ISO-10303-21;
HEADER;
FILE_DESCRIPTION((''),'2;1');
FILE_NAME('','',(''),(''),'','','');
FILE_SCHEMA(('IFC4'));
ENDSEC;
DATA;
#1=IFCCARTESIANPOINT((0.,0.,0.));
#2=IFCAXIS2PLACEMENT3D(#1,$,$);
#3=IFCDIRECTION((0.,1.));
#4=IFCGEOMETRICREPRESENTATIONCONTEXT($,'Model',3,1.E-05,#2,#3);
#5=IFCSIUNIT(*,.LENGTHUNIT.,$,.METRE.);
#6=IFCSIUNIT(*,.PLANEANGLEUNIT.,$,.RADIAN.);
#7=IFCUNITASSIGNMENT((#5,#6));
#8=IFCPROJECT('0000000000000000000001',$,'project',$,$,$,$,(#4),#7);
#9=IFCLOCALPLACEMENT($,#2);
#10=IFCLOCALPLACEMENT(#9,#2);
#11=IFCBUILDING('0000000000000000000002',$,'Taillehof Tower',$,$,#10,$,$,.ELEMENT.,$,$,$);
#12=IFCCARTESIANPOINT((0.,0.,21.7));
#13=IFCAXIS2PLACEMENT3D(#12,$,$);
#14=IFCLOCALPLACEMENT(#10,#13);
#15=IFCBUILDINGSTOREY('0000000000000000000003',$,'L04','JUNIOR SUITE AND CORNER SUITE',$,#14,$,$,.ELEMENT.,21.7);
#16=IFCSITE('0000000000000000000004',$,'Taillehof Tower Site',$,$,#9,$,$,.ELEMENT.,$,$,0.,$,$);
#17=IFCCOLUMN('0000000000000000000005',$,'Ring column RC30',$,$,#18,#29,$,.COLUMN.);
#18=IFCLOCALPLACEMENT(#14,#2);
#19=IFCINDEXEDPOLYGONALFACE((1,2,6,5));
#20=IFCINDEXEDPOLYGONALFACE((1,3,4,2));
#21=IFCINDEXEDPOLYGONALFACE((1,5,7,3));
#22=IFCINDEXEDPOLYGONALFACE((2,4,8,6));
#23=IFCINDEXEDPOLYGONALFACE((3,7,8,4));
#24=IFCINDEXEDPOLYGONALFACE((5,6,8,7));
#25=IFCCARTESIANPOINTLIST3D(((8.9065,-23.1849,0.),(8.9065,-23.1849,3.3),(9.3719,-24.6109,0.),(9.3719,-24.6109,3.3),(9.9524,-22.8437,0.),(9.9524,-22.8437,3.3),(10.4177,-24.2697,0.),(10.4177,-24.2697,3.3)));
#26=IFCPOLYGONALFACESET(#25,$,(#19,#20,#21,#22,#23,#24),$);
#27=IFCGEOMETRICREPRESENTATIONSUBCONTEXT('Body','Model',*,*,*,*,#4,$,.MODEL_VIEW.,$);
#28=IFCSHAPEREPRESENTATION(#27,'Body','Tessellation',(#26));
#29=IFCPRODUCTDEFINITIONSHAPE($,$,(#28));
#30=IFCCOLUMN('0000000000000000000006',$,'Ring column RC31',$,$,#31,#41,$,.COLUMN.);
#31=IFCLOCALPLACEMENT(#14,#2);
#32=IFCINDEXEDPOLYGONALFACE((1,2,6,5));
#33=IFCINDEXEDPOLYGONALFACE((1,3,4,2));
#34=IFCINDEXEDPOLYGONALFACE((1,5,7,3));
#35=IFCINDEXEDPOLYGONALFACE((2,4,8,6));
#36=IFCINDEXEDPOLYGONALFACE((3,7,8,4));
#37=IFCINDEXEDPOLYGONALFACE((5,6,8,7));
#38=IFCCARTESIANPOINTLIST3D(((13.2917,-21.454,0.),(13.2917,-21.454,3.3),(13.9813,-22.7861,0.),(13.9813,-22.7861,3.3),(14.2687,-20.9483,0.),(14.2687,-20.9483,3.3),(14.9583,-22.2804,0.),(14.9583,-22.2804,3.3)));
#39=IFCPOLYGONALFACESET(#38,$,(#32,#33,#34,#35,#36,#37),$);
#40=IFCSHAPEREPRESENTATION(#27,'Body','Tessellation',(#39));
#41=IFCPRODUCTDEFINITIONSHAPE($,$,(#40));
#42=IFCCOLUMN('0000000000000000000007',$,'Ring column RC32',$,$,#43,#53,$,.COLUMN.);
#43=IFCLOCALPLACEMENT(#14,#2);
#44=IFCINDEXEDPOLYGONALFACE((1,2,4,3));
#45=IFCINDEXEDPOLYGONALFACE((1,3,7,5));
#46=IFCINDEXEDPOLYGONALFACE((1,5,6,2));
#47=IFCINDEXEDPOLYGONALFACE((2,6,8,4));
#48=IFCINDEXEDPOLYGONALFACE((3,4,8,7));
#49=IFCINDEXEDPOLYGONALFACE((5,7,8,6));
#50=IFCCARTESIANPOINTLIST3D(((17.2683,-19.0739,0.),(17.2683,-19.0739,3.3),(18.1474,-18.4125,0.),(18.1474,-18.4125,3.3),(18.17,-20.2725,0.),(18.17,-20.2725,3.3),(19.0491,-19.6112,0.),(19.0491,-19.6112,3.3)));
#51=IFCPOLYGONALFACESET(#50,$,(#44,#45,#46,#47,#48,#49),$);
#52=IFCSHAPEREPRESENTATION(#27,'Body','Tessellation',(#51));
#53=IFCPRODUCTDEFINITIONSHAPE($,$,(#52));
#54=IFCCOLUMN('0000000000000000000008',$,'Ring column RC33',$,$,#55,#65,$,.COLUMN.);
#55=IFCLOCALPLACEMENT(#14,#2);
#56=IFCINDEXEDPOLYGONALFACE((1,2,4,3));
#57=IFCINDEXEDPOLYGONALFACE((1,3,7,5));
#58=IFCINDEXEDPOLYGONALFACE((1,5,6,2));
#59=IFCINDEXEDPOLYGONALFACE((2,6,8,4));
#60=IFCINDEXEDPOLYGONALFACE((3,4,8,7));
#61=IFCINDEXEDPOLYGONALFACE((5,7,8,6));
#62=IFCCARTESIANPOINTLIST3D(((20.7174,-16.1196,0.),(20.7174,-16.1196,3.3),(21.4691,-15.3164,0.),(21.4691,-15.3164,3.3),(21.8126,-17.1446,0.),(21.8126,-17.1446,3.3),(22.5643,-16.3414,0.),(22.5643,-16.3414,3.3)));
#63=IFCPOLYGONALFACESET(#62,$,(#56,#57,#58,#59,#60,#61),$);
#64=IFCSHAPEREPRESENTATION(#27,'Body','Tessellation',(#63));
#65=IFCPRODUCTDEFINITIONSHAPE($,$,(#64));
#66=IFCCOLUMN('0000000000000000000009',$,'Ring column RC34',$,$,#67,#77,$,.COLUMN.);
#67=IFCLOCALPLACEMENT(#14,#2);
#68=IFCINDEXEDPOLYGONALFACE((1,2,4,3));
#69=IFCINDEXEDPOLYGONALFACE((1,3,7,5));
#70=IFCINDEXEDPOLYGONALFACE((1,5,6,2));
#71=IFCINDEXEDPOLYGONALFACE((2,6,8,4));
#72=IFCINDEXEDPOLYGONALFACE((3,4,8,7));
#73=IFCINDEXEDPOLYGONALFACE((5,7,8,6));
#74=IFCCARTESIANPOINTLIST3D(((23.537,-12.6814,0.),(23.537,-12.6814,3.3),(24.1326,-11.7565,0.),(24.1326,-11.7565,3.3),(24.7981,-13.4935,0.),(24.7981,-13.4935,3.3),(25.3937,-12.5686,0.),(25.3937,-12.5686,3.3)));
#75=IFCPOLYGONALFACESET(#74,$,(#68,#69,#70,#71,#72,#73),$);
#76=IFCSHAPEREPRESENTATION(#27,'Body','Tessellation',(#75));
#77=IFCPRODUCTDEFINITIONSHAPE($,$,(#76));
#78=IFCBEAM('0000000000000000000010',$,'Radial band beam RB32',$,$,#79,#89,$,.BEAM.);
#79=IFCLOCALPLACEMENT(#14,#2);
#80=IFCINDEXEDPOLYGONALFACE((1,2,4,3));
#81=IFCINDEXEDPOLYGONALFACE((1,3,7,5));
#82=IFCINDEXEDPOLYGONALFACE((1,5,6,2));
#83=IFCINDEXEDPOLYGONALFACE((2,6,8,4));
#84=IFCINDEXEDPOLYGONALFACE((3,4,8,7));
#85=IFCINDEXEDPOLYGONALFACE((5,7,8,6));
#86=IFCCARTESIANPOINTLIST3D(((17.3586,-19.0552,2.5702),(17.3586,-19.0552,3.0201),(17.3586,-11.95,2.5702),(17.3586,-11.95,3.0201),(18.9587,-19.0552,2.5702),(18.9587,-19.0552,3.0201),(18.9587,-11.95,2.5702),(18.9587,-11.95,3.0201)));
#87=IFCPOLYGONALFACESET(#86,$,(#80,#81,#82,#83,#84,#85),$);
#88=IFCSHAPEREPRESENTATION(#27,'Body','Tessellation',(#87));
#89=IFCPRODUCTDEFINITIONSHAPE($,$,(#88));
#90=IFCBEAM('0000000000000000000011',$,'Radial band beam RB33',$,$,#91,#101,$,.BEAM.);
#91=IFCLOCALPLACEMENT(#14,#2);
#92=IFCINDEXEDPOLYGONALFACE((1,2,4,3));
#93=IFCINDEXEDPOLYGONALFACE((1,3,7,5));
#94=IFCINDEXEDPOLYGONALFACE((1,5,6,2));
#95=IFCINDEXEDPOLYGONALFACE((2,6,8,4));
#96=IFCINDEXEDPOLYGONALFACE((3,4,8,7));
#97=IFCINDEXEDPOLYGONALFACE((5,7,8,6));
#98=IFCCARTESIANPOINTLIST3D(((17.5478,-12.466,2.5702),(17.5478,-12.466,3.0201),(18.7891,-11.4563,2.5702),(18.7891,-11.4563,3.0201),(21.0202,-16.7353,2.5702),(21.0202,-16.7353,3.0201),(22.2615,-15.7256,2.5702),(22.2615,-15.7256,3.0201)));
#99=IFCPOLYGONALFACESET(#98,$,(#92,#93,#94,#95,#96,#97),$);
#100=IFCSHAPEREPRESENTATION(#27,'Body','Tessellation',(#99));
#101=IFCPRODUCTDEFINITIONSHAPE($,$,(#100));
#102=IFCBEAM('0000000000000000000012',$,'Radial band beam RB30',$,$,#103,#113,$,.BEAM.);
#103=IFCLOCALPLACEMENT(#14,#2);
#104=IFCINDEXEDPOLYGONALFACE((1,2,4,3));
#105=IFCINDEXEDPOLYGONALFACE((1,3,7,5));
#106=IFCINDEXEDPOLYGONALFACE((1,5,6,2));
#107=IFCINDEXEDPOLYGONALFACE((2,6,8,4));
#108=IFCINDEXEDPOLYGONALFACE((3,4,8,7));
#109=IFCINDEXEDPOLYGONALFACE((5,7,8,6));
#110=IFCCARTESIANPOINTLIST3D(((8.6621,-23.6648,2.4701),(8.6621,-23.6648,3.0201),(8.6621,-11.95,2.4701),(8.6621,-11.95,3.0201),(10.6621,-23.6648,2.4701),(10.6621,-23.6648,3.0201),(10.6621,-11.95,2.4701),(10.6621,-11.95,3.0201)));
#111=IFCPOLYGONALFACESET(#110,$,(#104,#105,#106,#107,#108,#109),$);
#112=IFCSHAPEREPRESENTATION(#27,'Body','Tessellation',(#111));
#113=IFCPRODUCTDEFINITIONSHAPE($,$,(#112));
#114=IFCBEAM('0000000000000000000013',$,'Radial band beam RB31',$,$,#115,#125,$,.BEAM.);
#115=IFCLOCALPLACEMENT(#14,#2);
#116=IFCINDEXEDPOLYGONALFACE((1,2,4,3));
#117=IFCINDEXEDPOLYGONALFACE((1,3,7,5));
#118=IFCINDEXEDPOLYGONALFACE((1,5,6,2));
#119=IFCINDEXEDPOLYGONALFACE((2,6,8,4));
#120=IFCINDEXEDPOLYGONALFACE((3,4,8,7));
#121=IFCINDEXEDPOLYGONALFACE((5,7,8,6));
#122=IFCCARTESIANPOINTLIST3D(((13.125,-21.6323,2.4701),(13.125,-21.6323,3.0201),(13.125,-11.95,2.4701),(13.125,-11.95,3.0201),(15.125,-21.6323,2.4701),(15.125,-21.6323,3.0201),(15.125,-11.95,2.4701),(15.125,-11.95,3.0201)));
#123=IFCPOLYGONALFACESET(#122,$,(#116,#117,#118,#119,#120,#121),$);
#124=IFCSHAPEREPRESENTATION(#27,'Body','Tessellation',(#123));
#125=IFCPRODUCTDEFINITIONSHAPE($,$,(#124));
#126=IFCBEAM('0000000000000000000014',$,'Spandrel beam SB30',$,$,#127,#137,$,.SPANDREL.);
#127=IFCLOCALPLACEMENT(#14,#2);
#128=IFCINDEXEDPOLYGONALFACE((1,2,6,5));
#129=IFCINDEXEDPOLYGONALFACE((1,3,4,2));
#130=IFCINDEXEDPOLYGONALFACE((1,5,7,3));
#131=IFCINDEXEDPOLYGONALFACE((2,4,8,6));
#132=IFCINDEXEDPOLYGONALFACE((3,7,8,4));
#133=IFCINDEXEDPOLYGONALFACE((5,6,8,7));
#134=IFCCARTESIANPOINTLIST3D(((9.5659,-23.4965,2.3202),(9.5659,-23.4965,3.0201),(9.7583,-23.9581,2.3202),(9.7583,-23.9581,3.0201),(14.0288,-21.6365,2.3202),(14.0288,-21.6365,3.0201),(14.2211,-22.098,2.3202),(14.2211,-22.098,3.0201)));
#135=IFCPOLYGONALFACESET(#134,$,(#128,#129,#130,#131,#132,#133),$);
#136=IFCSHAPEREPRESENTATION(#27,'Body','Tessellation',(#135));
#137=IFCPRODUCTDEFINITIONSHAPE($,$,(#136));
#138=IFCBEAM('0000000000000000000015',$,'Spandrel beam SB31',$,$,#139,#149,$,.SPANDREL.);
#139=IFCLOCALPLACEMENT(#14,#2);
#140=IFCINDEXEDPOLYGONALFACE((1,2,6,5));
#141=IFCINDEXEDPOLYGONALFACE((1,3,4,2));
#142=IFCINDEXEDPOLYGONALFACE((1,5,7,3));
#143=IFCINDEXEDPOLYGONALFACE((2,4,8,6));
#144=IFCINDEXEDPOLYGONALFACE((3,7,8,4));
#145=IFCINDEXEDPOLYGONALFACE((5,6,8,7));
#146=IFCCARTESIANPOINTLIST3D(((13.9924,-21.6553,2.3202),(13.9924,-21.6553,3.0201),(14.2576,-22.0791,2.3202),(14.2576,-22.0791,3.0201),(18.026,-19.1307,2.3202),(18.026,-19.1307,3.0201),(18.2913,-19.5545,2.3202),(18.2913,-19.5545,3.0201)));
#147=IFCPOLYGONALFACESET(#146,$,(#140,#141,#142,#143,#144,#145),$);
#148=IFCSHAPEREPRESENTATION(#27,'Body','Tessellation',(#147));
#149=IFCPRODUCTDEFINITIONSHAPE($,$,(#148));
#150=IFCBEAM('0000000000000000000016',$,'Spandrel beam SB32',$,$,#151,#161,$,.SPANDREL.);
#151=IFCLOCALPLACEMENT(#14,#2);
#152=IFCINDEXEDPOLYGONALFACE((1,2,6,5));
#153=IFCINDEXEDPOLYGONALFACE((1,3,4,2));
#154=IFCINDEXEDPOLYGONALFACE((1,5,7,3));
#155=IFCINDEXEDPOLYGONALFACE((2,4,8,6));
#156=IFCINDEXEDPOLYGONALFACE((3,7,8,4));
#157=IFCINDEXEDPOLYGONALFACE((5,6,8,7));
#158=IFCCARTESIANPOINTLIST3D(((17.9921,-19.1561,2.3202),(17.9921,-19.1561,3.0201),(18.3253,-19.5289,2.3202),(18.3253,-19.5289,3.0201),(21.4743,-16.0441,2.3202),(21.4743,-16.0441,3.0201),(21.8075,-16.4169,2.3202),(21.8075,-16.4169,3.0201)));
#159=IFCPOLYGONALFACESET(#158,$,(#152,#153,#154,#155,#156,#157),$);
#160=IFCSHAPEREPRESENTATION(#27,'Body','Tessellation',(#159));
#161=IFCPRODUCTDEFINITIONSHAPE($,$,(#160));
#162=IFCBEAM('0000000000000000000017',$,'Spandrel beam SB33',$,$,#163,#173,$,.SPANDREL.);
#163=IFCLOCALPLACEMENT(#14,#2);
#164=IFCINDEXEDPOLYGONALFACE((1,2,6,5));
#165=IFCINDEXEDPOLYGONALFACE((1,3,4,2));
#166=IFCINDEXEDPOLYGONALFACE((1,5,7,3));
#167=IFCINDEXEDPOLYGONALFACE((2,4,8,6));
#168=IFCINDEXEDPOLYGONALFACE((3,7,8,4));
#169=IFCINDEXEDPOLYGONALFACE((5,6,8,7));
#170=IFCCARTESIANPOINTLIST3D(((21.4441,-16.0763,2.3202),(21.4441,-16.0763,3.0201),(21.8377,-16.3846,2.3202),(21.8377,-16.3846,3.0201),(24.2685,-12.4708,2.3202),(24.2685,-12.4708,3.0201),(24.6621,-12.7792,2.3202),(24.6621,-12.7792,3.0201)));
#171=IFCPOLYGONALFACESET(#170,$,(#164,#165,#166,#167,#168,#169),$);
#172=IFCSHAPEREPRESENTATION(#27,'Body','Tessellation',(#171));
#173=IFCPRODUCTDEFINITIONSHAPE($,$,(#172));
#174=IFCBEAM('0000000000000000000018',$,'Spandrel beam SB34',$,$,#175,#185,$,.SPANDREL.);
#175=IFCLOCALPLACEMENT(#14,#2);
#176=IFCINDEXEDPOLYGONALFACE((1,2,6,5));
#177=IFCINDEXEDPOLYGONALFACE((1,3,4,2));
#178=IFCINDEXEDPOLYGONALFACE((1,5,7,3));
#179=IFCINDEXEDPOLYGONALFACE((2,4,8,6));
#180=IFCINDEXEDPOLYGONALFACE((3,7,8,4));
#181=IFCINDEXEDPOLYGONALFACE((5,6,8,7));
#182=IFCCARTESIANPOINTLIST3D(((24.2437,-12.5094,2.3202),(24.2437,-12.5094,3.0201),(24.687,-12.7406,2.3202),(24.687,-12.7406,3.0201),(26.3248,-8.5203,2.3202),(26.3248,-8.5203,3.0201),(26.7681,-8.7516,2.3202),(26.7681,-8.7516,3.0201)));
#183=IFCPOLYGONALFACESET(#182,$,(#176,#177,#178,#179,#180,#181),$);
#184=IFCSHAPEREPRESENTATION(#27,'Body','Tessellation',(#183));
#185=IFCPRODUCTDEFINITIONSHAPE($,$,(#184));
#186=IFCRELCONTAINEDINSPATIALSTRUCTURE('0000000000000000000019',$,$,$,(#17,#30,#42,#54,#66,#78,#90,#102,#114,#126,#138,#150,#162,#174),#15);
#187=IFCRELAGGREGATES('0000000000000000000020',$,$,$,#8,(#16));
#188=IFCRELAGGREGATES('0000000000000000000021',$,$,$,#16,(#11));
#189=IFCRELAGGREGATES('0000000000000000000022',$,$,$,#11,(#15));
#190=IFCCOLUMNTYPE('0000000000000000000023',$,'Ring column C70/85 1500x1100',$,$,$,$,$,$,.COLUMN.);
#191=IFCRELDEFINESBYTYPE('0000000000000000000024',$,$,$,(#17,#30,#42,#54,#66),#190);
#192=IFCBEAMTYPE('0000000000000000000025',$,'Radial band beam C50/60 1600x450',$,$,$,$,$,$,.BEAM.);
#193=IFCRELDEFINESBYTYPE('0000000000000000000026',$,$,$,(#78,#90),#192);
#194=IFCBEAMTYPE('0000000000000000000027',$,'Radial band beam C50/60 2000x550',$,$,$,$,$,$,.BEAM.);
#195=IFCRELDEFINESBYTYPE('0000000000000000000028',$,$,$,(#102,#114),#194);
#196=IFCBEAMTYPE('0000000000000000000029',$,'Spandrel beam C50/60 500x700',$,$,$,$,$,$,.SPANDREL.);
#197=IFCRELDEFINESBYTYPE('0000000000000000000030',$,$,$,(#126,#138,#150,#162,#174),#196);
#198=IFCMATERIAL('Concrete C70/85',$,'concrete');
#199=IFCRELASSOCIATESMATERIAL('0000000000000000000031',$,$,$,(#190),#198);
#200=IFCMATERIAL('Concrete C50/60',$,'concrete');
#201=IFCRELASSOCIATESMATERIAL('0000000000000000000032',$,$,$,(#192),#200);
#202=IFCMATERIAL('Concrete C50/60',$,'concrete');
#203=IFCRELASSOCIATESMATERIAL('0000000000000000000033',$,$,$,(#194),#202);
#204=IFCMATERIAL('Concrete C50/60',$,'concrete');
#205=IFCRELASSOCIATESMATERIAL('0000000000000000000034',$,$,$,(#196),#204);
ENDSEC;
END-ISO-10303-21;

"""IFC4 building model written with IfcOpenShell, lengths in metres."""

from ifc_helpers import new_model, si_unit, direction, frame, origin, origin_2d, place, context, subcontext, project, spatial, rectangle, extrude, material, material_profile, profile_set, type_object, element, save


model = new_model("IFC4")

# Units and contexts
model_context = context("Model", 3, precision=1e-05, world=origin(), true_north=direction((0.0, 1.0)))
body_context = subcontext(model_context, "Body", "Model", "MODEL_VIEW")
ifc_project = project(units=[si_unit("LENGTHUNIT", "METRE"), si_unit("PLANEANGLEUNIT", "RADIAN")], contexts=[model_context])

# Site, building, storey
site_placement = place(None, origin())
site = spatial("IfcSite", under=ifc_project, at=site_placement, Name="Taillehof Tower Site", CompositionType="ELEMENT", RefElevation=0.0)
building_placement = place(site_placement, origin())
building = spatial("IfcBuilding", under=site, at=building_placement, Name="Taillehof Tower", CompositionType="ELEMENT")
storey_placement = place(building_placement, frame((0.0, 0.0, 21.7)))
storey = spatial("IfcBuildingStorey", under=building, at=storey_placement, Name="L04", Description="JUNIOR SUITE AND CORNER SUITE", CompositionType="ELEMENT", Elevation=21.7)

# Columns
ifc_material_1 = material(Name="Concrete C70/85", Category="concrete")
ifc_material_profile_1 = material_profile(ifc_material_1, rectangle(XDim=1.5, YDim=1.1001, at=origin_2d()), Name="RC 1500x1100")
ifc_profile_set_1 = profile_set([ifc_material_profile_1], Name="Concrete C70/85")
column_type = type_object("IfcColumnType", Name="Ring column C70/85 1500x1100", PredefinedType="COLUMN", material=ifc_profile_set_1)
for number, where, z_axis, x_axis, name in (
    (1, (9.6621, -23.7273, 0.0), (0.0, 0.0, 1.0), (0.310219, -0.950665, 0.0), "Ring column RC30"),
    (2, (14.125, -21.8672, 0.0), (0.0, 0.0, 1.0), (0.459691, -0.888079, 0.0), "Ring column RC31"),
    (3, (18.1587, -19.3425, 0.0), (0.0, 0.0, 1.0), (0.601174, -0.799118, 0.0), "Ring column RC32"),
    (4, (21.6409, -16.2305, 0.0), (0.0, 0.0, 1.0), (0.730113, -0.683326, 0.0), "Ring column RC33"),
    (5, (24.4653, -12.625, 0.0), (0.0, 0.0, 1.0), (0.840754, -0.541418, 0.0), "Ring column RC34"),
):
    element("IfcColumn", number, at=place(storey_placement, frame(where, z_axis=z_axis, x_axis=x_axis)), inside=storey, type_object=column_type, Name=name, PredefinedType="COLUMN", context=body_context, shape_type="SweptSolid", body=[
        extrude(rectangle(XDim=1.5, YDim=1.1001, at=origin_2d()), origin(), (0.0, 0.0, 1.0), 3.3),
    ])

# Beams
ifc_material_2 = material(Name="Concrete C50/60", Category="concrete")
ifc_material_profile_2 = material_profile(ifc_material_2, rectangle(XDim=1.6001, YDim=0.45, at=origin_2d()), Name="RC 1600x450")
ifc_profile_set_2 = profile_set([ifc_material_profile_2], Name="Concrete C50/60")
beam_type_1 = type_object("IfcBeamType", Name="Radial band beam C50/60 1600x450", PredefinedType="BEAM", material=ifc_profile_set_2)
beam_1_placement = place(storey_placement, frame((18.1587, -19.0552, 2.7952), z_axis=(0.0, 1.0, 0.0), x_axis=(-1.0, 0.0, 0.0)))
element("IfcBeam", 6, at=beam_1_placement, inside=storey, type_object=beam_type_1, Name="Radial band beam RB32", PredefinedType="BEAM", context=body_context, shape_type="SweptSolid", body=[
    extrude(rectangle(XDim=1.6001, YDim=0.45, at=origin_2d()), origin(), (0.0, 0.0, 1.0), 7.1052),
])
beam_2_placement = place(storey_placement, frame((21.6409, -16.2305, 2.7952), z_axis=(-0.630988, 0.775792, 0.0), x_axis=(-0.775792, -0.630988, 0.0)))
element("IfcBeam", 7, at=beam_2_placement, inside=storey, type_object=beam_type_1, Name="Radial band beam RB33", PredefinedType="BEAM", context=body_context, shape_type="SweptSolid", body=[
    extrude(rectangle(XDim=1.6001, YDim=0.45, at=origin_2d()), origin(), (0.0, 0.0, 1.0), 5.5032),
])
ifc_material_3 = material(Name="Concrete C50/60", Category="concrete")
ifc_material_profile_3 = material_profile(ifc_material_3, rectangle(XDim=2.0, YDim=0.55, at=origin_2d()), Name="RC 2000x550")
ifc_profile_set_3 = profile_set([ifc_material_profile_3], Name="Concrete C50/60")
beam_type_2 = type_object("IfcBeamType", Name="Radial band beam C50/60 2000x550", PredefinedType="BEAM", material=ifc_profile_set_3)
beam_3_placement = place(storey_placement, frame((9.6621, -23.6648, 2.7451), z_axis=(0.0, 1.0, 0.0), x_axis=(-1.0, 0.0, 0.0)))
element("IfcBeam", 8, at=beam_3_placement, inside=storey, type_object=beam_type_2, Name="Radial band beam RB30", PredefinedType="BEAM", context=body_context, shape_type="SweptSolid", body=[
    extrude(rectangle(XDim=2.0, YDim=0.55, at=origin_2d()), origin(), (0.0, 0.0, 1.0), 11.7148),
])
beam_4_placement = place(storey_placement, frame((14.125, -21.6323, 2.7451), z_axis=(0.0, 1.0, 0.0), x_axis=(-1.0, 0.0, 0.0)))
element("IfcBeam", 9, at=beam_4_placement, inside=storey, type_object=beam_type_2, Name="Radial band beam RB31", PredefinedType="BEAM", context=body_context, shape_type="SweptSolid", body=[
    extrude(rectangle(XDim=2.0, YDim=0.55, at=origin_2d()), origin(), (0.0, 0.0, 1.0), 9.6824),
])
ifc_material_4 = material(Name="Concrete C50/60", Category="concrete")
ifc_material_profile_4 = material_profile(ifc_material_4, rectangle(XDim=0.5, YDim=0.7, at=origin_2d()), Name="RC 500x700")
ifc_profile_set_4 = profile_set([ifc_material_profile_4], Name="Concrete C50/60")
beam_type_3 = type_object("IfcBeamType", Name="Spandrel beam C50/60 500x700", PredefinedType="SPANDREL", material=ifc_profile_set_4)
beam_5_placement = place(storey_placement, frame((9.6621, -23.7273, 2.6702), z_axis=(0.923035, 0.384716, 0.0), x_axis=(-0.384716, 0.923035, 0.0)))
element("IfcBeam", 10, at=beam_5_placement, inside=storey, type_object=beam_type_3, Name="Spandrel beam SB30", PredefinedType="SPANDREL", context=body_context, shape_type="SweptSolid", body=[
    extrude(rectangle(XDim=0.5, YDim=0.7, at=origin_2d()), origin(), (0.0, 0.0, 1.0), 4.835),
])
beam_6_placement = place(storey_placement, frame((14.125, -21.8672, 2.6702), z_axis=(0.847658, 0.530543, 0.0), x_axis=(-0.530543, 0.847658, 0.0)))
element("IfcBeam", 11, at=beam_6_placement, inside=storey, type_object=beam_type_3, Name="Spandrel beam SB31", PredefinedType="SPANDREL", context=body_context, shape_type="SweptSolid", body=[
    extrude(rectangle(XDim=0.5, YDim=0.7, at=origin_2d()), origin(), (0.0, 0.0, 1.0), 4.7585),
])
beam_7_placement = place(storey_placement, frame((18.1587, -19.3425, 2.6702), z_axis=(0.745621, 0.66637, 0.0), x_axis=(-0.66637, 0.745621, 0.0)))
element("IfcBeam", 12, at=beam_7_placement, inside=storey, type_object=beam_type_3, Name="Spandrel beam SB32", PredefinedType="SPANDREL", context=body_context, shape_type="SweptSolid", body=[
    extrude(rectangle(XDim=0.5, YDim=0.7, at=origin_2d()), origin(), (0.0, 0.0, 1.0), 4.6702),
])
beam_8_placement = place(storey_placement, frame((21.6409, -16.2305, 2.6702), z_axis=(0.616686, 0.787209, 0.0), x_axis=(-0.787209, 0.616686, 0.0)))
element("IfcBeam", 13, at=beam_8_placement, inside=storey, type_object=beam_type_3, Name="Spandrel beam SB33", PredefinedType="SPANDREL", context=body_context, shape_type="SweptSolid", body=[
    extrude(rectangle(XDim=0.5, YDim=0.7, at=origin_2d()), origin(), (0.0, 0.0, 1.0), 4.5801),
])
beam_9_placement = place(storey_placement, frame((24.4653, -12.625, 2.6702), z_axis=(0.462536, 0.8866, 0.0), x_axis=(-0.8866, 0.462536, 0.0)))
element("IfcBeam", 14, at=beam_9_placement, inside=storey, type_object=beam_type_3, Name="Spandrel beam SB34", PredefinedType="SPANDREL", context=body_context, shape_type="SweptSolid", body=[
    extrude(rectangle(XDim=0.5, YDim=0.7, at=origin_2d()), origin(), (0.0, 0.0, 1.0), 4.4993),
])

save(model, "model.ifc")
